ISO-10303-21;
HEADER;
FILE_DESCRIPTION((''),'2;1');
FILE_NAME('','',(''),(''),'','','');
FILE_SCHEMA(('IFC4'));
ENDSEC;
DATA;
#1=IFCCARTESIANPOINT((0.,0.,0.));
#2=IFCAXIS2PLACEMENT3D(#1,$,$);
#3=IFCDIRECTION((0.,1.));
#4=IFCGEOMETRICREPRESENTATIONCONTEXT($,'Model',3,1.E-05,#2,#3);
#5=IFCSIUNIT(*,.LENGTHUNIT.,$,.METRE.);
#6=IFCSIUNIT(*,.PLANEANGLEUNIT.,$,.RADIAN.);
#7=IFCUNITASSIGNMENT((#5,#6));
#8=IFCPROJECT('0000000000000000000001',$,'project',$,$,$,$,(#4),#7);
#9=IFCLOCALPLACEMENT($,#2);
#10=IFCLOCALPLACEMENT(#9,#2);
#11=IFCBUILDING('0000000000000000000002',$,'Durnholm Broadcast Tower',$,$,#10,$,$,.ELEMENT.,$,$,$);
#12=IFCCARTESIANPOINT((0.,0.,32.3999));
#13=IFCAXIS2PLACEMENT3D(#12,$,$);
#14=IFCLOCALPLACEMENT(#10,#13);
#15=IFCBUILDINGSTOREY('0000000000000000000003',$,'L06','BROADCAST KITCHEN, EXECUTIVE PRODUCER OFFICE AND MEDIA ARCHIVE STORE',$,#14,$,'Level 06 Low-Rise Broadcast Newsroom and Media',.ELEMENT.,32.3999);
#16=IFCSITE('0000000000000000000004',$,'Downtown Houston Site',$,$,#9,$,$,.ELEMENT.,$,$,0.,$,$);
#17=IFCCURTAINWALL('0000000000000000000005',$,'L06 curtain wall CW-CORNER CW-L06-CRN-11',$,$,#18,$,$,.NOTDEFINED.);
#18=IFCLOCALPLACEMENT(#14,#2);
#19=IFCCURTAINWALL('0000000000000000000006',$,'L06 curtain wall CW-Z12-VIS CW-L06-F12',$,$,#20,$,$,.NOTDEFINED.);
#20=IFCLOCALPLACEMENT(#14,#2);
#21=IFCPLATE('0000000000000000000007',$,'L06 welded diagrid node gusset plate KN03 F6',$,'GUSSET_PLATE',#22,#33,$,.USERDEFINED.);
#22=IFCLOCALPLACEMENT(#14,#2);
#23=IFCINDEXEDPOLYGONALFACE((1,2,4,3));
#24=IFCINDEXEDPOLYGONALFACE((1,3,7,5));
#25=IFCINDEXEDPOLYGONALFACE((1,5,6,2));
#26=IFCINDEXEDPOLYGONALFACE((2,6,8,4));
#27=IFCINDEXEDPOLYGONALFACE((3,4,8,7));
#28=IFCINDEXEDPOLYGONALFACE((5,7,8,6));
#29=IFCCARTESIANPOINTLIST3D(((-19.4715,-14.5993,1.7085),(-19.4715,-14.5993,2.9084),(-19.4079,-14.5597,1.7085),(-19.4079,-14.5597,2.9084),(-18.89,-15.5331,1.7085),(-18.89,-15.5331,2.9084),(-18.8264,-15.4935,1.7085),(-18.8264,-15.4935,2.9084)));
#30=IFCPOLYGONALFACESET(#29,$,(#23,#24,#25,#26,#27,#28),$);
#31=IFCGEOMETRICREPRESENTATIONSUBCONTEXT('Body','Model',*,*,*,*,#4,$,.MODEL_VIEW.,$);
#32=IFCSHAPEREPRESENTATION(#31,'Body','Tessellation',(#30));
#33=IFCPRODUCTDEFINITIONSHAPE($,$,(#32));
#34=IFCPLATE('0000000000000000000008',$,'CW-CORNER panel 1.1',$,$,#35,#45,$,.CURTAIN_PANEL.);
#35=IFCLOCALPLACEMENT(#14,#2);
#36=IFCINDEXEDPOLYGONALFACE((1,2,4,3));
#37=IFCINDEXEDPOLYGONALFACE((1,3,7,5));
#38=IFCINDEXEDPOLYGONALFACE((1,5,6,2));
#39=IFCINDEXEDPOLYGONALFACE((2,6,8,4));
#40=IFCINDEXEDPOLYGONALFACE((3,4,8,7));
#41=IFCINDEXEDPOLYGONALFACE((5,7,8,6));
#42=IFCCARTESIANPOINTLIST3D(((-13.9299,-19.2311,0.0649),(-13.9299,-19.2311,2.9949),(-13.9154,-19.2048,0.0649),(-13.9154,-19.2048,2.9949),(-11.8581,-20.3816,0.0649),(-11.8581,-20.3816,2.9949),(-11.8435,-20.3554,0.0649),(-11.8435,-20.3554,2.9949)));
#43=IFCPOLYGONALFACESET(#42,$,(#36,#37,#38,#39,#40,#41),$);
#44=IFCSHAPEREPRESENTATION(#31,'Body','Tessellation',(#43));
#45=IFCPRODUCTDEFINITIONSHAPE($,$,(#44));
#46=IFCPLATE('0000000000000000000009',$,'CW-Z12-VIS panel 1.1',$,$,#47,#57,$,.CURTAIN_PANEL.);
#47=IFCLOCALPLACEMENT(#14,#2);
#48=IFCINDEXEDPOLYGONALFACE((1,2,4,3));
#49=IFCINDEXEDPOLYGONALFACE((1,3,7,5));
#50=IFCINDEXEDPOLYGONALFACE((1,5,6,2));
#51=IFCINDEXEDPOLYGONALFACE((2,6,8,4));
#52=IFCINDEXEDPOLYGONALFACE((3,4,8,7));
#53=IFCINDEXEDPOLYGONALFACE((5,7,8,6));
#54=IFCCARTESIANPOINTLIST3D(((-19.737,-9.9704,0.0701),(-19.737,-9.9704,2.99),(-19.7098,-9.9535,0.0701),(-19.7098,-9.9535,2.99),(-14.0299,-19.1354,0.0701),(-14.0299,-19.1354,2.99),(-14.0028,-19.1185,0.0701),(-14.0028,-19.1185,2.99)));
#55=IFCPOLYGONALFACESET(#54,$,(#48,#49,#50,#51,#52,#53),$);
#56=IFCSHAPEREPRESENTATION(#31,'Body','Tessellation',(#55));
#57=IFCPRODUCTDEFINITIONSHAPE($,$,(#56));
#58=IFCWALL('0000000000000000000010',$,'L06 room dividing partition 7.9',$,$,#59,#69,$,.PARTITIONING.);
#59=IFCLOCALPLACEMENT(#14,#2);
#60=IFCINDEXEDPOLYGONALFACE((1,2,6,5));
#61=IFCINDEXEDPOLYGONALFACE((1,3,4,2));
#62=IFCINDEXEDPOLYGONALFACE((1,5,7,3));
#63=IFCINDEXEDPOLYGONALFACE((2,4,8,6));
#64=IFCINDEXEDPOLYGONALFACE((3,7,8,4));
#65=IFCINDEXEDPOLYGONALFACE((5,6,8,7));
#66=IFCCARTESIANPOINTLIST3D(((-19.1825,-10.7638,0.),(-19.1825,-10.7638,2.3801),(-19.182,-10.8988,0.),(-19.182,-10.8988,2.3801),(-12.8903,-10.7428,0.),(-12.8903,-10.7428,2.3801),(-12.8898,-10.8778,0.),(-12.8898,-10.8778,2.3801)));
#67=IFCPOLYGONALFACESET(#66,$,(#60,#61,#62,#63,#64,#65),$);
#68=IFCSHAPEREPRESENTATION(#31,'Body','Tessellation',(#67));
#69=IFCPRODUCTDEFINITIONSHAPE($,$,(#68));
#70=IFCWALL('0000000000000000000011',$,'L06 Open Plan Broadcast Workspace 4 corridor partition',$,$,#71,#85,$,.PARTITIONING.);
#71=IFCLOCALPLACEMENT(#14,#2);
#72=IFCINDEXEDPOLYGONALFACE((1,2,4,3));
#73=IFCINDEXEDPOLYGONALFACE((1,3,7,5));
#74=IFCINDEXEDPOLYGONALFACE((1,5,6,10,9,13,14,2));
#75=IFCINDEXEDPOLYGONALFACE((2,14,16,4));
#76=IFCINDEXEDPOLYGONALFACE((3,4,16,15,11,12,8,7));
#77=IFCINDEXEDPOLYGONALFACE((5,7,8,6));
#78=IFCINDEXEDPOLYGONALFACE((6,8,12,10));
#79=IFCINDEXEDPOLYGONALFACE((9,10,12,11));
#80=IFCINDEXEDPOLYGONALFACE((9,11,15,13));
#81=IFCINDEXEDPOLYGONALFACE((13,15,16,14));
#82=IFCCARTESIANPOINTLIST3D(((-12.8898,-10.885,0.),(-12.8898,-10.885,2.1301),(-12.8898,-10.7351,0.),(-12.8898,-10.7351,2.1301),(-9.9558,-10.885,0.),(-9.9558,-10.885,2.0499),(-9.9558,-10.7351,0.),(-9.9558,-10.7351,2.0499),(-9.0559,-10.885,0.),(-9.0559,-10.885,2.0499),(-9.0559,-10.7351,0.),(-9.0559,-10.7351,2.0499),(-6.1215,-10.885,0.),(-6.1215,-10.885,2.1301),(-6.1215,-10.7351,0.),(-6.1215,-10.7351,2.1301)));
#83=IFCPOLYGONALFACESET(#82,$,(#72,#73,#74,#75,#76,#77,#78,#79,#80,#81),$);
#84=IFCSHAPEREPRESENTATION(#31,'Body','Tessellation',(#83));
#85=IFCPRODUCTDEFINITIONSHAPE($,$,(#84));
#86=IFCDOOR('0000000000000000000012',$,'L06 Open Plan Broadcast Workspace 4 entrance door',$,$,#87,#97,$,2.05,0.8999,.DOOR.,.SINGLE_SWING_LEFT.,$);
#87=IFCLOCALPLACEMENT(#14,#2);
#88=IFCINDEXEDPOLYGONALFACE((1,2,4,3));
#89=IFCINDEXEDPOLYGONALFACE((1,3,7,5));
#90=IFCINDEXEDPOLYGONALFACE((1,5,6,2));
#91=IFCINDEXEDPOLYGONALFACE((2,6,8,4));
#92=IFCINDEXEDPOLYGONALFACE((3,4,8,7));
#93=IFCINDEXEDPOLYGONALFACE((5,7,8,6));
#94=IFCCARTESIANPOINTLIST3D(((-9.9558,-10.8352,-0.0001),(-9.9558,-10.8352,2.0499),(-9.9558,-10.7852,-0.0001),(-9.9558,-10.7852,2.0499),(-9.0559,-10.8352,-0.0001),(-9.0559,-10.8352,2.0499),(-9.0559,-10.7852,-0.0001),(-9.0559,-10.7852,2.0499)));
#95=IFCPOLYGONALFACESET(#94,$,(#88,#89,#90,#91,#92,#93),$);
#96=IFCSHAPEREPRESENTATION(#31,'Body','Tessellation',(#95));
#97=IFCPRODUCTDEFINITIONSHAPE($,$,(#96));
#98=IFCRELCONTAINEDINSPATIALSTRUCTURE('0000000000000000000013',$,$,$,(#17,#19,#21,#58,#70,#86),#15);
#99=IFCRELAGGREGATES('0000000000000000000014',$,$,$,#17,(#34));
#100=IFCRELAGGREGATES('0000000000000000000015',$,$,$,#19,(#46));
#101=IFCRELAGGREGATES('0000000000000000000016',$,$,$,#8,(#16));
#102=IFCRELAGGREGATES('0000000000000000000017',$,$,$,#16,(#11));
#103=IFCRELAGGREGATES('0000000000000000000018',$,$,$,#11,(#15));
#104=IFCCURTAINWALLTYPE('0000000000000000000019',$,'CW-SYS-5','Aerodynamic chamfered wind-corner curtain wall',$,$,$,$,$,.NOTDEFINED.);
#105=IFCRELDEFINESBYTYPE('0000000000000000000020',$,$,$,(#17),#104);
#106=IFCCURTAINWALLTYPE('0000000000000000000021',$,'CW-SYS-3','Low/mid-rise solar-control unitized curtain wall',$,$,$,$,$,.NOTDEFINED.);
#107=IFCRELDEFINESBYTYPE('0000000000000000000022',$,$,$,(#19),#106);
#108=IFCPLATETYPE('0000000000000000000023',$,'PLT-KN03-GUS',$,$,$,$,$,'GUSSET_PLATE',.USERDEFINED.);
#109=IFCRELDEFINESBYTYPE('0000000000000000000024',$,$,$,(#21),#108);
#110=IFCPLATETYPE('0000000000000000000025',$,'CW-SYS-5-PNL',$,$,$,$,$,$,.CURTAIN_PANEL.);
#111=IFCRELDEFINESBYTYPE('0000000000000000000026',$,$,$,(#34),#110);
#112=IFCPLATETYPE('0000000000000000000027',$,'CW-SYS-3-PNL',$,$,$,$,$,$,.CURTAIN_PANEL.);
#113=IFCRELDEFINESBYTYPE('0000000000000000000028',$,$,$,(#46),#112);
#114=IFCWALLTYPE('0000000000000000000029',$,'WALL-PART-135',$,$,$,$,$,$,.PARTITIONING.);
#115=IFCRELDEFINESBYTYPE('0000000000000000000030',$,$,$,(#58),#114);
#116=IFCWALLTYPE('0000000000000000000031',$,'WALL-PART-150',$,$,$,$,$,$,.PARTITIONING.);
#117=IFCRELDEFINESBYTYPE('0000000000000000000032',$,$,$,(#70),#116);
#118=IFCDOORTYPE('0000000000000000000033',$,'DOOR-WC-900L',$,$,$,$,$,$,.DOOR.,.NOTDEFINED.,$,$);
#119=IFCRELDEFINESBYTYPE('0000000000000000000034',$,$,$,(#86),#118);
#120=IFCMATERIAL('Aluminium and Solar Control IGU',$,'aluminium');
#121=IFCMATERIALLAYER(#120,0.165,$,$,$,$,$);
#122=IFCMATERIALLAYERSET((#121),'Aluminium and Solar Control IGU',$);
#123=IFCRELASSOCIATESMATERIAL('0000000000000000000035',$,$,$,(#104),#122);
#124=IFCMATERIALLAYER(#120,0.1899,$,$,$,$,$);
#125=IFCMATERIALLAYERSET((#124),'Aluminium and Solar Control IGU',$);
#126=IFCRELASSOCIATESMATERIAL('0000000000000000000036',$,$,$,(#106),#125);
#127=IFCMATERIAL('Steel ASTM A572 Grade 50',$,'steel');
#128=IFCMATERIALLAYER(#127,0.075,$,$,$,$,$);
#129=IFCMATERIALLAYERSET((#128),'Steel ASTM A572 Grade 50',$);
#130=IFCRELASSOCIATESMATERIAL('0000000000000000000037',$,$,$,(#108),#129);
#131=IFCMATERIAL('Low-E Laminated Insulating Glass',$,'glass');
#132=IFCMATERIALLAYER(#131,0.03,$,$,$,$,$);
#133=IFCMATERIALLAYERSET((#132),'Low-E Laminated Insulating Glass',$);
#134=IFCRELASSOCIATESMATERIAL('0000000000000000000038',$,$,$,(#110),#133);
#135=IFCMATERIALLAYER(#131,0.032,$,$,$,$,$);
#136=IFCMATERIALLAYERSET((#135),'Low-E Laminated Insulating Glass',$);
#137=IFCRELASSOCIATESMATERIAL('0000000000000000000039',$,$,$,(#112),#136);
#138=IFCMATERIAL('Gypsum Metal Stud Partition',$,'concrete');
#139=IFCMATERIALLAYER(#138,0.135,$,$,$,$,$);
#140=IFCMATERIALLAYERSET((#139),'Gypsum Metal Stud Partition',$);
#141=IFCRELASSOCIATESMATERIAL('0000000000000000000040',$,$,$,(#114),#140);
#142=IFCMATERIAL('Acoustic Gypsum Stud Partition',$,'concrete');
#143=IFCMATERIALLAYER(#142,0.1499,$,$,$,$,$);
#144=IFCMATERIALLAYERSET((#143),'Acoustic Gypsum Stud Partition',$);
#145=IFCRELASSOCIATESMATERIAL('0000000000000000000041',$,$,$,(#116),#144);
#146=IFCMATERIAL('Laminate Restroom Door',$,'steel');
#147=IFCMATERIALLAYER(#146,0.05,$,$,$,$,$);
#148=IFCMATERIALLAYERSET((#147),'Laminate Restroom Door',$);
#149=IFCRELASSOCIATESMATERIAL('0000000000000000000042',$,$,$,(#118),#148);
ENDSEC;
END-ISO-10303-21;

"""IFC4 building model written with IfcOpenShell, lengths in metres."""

from ifc_helpers import new_model, si_unit, direction, frame, frame_2d, origin, origin_2d, place, context, subcontext, project, spatial, rectangle, extrude, source, transform, mapped, material, layer, layer_set, type_object, type_shapes, element, fill, aggregate, save


model = new_model("IFC4")

# Units and contexts
model_context = context("Model", 3, precision=1e-05, world=origin(), true_north=direction((0.0, 1.0)))
body_context = subcontext(model_context, "Body", "Model", "MODEL_VIEW")
ifc_project = project(units=[si_unit("LENGTHUNIT", "METRE"), si_unit("PLANEANGLEUNIT", "RADIAN")], contexts=[model_context])

# Site, building, storey
site_placement = place(None, origin())
site = spatial("IfcSite", under=ifc_project, at=site_placement, Name="Downtown Houston Site", CompositionType="ELEMENT", RefElevation=0.0)
building_placement = place(site_placement, origin())
building = spatial("IfcBuilding", under=site, at=building_placement, Name="Durnholm Broadcast Tower", CompositionType="ELEMENT")
storey_placement = place(building_placement, frame((0.0, 0.0, 32.3999)))
storey = spatial("IfcBuildingStorey", under=building, at=storey_placement, Name="L06", Description="BROADCAST KITCHEN, EXECUTIVE PRODUCER OFFICE AND MEDIA ARCHIVE STORE", LongName="Level 06 Low-Rise Broadcast Newsroom and Media", CompositionType="ELEMENT", Elevation=32.3999)

# Curtain walls
ifc_material_1 = material(Name="Aluminium and Solar Control IGU", Category="aluminium")
ifc_layer_1 = layer(ifc_material_1, 0.165)
ifc_layer_set_1 = layer_set([ifc_layer_1], Name="Aluminium and Solar Control IGU")
curtain_wall_type_1 = type_object("IfcCurtainWallType", Name="CW-SYS-5", Description="Aerodynamic chamfered wind-corner curtain wall", PredefinedType="NOTDEFINED", material=ifc_layer_set_1)
curtain_wall_1_placement = place(storey_placement, origin())
curtain_wall_1 = element("IfcCurtainWall", 1, at=curtain_wall_1_placement, inside=storey, type_object=curtain_wall_type_1, Name="L06 curtain wall CW-CORNER CW-L06-CRN-11", PredefinedType="NOTDEFINED")
ifc_layer_2 = layer(ifc_material_1, 0.1899)
ifc_layer_set_2 = layer_set([ifc_layer_2], Name="Aluminium and Solar Control IGU")
curtain_wall_type_2 = type_object("IfcCurtainWallType", Name="CW-SYS-3", Description="Low/mid-rise solar-control unitized curtain wall", PredefinedType="NOTDEFINED", material=ifc_layer_set_2)
curtain_wall_2_placement = place(storey_placement, origin())
curtain_wall_2 = element("IfcCurtainWall", 2, at=curtain_wall_2_placement, inside=storey, type_object=curtain_wall_type_2, Name="L06 curtain wall CW-Z12-VIS CW-L06-F12", PredefinedType="NOTDEFINED")

# Plates
ifc_material_2 = material(Name="Steel ASTM A572 Grade 50", Category="steel")
ifc_layer_3 = layer(ifc_material_2, 0.075)
ifc_layer_set_3 = layer_set([ifc_layer_3], Name="Steel ASTM A572 Grade 50")
plate_type_1 = type_object("IfcPlateType", Name="PLT-KN03-GUS", ElementType="GUSSET_PLATE", PredefinedType="USERDEFINED", material=ifc_layer_set_3)
shared_shape_1 = source(origin(), body_context, "Body", "SweptSolid", [
    extrude(rectangle(XDim=1.1001, YDim=0.075, at=origin_2d()), origin(), (0.0, 0.0, 1.0), 1.2),
])
type_shapes(plate_type_1, [shared_shape_1])
plate_1_placement = place(storey_placement, frame((-19.1489, -15.0464, 1.7085), z_axis=(0.0, 0.0, 1.0), x_axis=(0.528587, -0.848879, 0.0)))
element("IfcPlate", 3, at=plate_1_placement, inside=storey, type_object=plate_type_1, Name="L06 welded diagrid node gusset plate KN03 F6", ObjectType="GUSSET_PLATE", PredefinedType="USERDEFINED", context=body_context, shape_type="MappedRepresentation", body=[
    mapped(shared_shape_1, transform((0.0, 0.0, 0.0), x_axis=(1.0, 0.0, 0.0), y_axis=(0.0, 1.0, 0.0), z_axis=(0.0, 0.0, 1.0), scale=1.0)),
])
ifc_material_3 = material(Name="Low-E Laminated Insulating Glass", Category="glass")
ifc_layer_4 = layer(ifc_material_3, 0.03)
ifc_layer_set_4 = layer_set([ifc_layer_4], Name="Low-E Laminated Insulating Glass")
plate_type_2 = type_object("IfcPlateType", Name="CW-SYS-5-PNL", PredefinedType="CURTAIN_PANEL", material=ifc_layer_set_4)
shared_shape_2 = source(origin(), body_context, "Body", "SweptSolid", [
    extrude(rectangle(XDim=2.3699, YDim=0.03, at=origin_2d()), origin(), (0.0, 0.0, 1.0), 2.9299),
])
type_shapes(plate_type_2, [shared_shape_2])
plate_2_placement = place(storey_placement, frame((-12.8867, -19.7932, 0.0649), z_axis=(0.0, 0.0, 1.0), x_axis=(-0.874246, 0.485483, 0.0)))
plate_2 = element("IfcPlate", 4, at=plate_2_placement, type_object=plate_type_2, Name="CW-CORNER panel 1.1", PredefinedType="CURTAIN_PANEL", context=body_context, shape_type="MappedRepresentation", body=[
    mapped(shared_shape_2, transform((0.0, 0.0, 0.0), x_axis=(1.0, 0.0, 0.0), y_axis=(0.0, 1.0, 0.0), z_axis=(0.0, 0.0, 1.0), scale=1.0)),
])
aggregate(curtain_wall_1, [plate_2])
ifc_layer_5 = layer(ifc_material_3, 0.032)
ifc_layer_set_5 = layer_set([ifc_layer_5], Name="Low-E Laminated Insulating Glass")
plate_type_3 = type_object("IfcPlateType", Name="CW-SYS-3-PNL", PredefinedType="CURTAIN_PANEL", material=ifc_layer_set_5)
shared_shape_3 = source(origin(), body_context, "Body", "SweptSolid", [
    extrude(rectangle(XDim=10.7966, YDim=0.032, at=origin_2d()), origin(), (0.0, 0.0, 1.0), 2.9199),
])
type_shapes(plate_type_3, [shared_shape_3])
plate_3_placement = place(storey_placement, frame((-16.8699, -14.5444, 0.0701), z_axis=(0.0, 0.0, 1.0), x_axis=(-0.528592, 0.848876, 0.0)))
plate_3 = element("IfcPlate", 5, at=plate_3_placement, type_object=plate_type_3, Name="CW-Z12-VIS panel 1.1", PredefinedType="CURTAIN_PANEL", context=body_context, shape_type="MappedRepresentation", body=[
    mapped(shared_shape_3, transform((0.0, 0.0, 0.0), x_axis=(1.0, 0.0, 0.0), y_axis=(0.0, 1.0, 0.0), z_axis=(0.0, 0.0, 1.0), scale=1.0)),
])
aggregate(curtain_wall_2, [plate_3])

# Wall
ifc_material_4 = material(Name="Gypsum Metal Stud Partition", Category="concrete")
ifc_layer_6 = layer(ifc_material_4, 0.135)
ifc_layer_set_6 = layer_set([ifc_layer_6], Name="Gypsum Metal Stud Partition")
wall_type_1 = type_object("IfcWallType", Name="WALL-PART-135", PredefinedType="PARTITIONING", material=ifc_layer_set_6)
wall_1_placement = place(storey_placement, frame((-19.1821, -10.8313, 0.0), z_axis=(0.0, 0.0, 1.0), x_axis=(0.999994, 0.003337, 0.0)))
element("IfcWall", 6, at=wall_1_placement, inside=storey, type_object=wall_type_1, Name="L06 room dividing partition 7.9", PredefinedType="PARTITIONING", context=body_context, shape_type="SweptSolid", body=[
    extrude(rectangle(XDim=6.2922, YDim=0.135, at=frame_2d((3.146, 0.0))), origin(), (0.0, 0.0, 1.0), 2.3801),
])

# Wall, opening, door
ifc_material_5 = material(Name="Acoustic Gypsum Stud Partition", Category="concrete")
ifc_layer_7 = layer(ifc_material_5, 0.1499)
ifc_layer_set_7 = layer_set([ifc_layer_7], Name="Acoustic Gypsum Stud Partition")
wall_type_2 = type_object("IfcWallType", Name="WALL-PART-150", PredefinedType="PARTITIONING", material=ifc_layer_set_7)
wall_2_placement = place(storey_placement, frame((-12.8899, -10.8101, 0.0), z_axis=(0.0, 0.0, 1.0), x_axis=(1.0, 0.0, 0.0)))
wall_2 = element("IfcWall", 7, at=wall_2_placement, inside=storey, type_object=wall_type_2, Name="L06 Open Plan Broadcast Workspace 4 corridor partition", PredefinedType="PARTITIONING", context=body_context, shape_type="SweptSolid", body=[
    extrude(rectangle(XDim=6.7683, YDim=0.1499, at=frame_2d((3.3843, 0.0))), origin(), (0.0, 0.0, 1.0), 2.1301),
])
opening_placement = place(wall_2_placement, frame((2.9341, 0.0, 0.0)))
opening = element("IfcOpeningElement", 8, at=opening_placement, cuts=wall_2, PredefinedType="OPENING", context=body_context, shape_type="SweptSolid", body=[
    extrude(rectangle(XDim=0.8999, YDim=2.05, at=frame_2d((0.45, 1.0249))), frame((0.0, 0.085, 0.0), z_axis=(0.0, -1.0, 0.0), x_axis=(1.0, 0.0, 0.0)), (0.0, 0.0, 1.0), 0.1699),
])
ifc_material_6 = material(Name="Laminate Restroom Door", Category="steel")
ifc_layer_8 = layer(ifc_material_6, 0.05)
ifc_layer_set_8 = layer_set([ifc_layer_8], Name="Laminate Restroom Door")
door_type = type_object("IfcDoorType", Name="DOOR-WC-900L", OperationType="NOTDEFINED", PredefinedType="DOOR", material=ifc_layer_set_8)
shared_shape_4 = source(origin(), body_context, "Body", "SweptSolid", [
    extrude(rectangle(XDim=0.8999, YDim=2.05, at=frame_2d((0.45, 1.0249))), frame((0.0, 0.0249, 0.0), z_axis=(0.0, -1.0, 0.0), x_axis=(1.0, 0.0, 0.0)), (0.0, 0.0, 1.0), 0.05),
])
type_shapes(door_type, [shared_shape_4])
door_placement = place(opening_placement, origin())
door = element("IfcDoor", 9, at=door_placement, inside=storey, type_object=door_type, Name="L06 Open Plan Broadcast Workspace 4 entrance door", OperationType="SINGLE_SWING_LEFT", OverallHeight=2.05, OverallWidth=0.8999, PredefinedType="DOOR", context=body_context, shape_type="MappedRepresentation", body=[
    mapped(shared_shape_4, transform((0.0, 0.0, 0.0), x_axis=(1.0, 0.0, 0.0), y_axis=(0.0, 1.0, 0.0), z_axis=(0.0, 0.0, 1.0), scale=1.0)),
])
fill(opening, door)

save(model, "model.ifc")
